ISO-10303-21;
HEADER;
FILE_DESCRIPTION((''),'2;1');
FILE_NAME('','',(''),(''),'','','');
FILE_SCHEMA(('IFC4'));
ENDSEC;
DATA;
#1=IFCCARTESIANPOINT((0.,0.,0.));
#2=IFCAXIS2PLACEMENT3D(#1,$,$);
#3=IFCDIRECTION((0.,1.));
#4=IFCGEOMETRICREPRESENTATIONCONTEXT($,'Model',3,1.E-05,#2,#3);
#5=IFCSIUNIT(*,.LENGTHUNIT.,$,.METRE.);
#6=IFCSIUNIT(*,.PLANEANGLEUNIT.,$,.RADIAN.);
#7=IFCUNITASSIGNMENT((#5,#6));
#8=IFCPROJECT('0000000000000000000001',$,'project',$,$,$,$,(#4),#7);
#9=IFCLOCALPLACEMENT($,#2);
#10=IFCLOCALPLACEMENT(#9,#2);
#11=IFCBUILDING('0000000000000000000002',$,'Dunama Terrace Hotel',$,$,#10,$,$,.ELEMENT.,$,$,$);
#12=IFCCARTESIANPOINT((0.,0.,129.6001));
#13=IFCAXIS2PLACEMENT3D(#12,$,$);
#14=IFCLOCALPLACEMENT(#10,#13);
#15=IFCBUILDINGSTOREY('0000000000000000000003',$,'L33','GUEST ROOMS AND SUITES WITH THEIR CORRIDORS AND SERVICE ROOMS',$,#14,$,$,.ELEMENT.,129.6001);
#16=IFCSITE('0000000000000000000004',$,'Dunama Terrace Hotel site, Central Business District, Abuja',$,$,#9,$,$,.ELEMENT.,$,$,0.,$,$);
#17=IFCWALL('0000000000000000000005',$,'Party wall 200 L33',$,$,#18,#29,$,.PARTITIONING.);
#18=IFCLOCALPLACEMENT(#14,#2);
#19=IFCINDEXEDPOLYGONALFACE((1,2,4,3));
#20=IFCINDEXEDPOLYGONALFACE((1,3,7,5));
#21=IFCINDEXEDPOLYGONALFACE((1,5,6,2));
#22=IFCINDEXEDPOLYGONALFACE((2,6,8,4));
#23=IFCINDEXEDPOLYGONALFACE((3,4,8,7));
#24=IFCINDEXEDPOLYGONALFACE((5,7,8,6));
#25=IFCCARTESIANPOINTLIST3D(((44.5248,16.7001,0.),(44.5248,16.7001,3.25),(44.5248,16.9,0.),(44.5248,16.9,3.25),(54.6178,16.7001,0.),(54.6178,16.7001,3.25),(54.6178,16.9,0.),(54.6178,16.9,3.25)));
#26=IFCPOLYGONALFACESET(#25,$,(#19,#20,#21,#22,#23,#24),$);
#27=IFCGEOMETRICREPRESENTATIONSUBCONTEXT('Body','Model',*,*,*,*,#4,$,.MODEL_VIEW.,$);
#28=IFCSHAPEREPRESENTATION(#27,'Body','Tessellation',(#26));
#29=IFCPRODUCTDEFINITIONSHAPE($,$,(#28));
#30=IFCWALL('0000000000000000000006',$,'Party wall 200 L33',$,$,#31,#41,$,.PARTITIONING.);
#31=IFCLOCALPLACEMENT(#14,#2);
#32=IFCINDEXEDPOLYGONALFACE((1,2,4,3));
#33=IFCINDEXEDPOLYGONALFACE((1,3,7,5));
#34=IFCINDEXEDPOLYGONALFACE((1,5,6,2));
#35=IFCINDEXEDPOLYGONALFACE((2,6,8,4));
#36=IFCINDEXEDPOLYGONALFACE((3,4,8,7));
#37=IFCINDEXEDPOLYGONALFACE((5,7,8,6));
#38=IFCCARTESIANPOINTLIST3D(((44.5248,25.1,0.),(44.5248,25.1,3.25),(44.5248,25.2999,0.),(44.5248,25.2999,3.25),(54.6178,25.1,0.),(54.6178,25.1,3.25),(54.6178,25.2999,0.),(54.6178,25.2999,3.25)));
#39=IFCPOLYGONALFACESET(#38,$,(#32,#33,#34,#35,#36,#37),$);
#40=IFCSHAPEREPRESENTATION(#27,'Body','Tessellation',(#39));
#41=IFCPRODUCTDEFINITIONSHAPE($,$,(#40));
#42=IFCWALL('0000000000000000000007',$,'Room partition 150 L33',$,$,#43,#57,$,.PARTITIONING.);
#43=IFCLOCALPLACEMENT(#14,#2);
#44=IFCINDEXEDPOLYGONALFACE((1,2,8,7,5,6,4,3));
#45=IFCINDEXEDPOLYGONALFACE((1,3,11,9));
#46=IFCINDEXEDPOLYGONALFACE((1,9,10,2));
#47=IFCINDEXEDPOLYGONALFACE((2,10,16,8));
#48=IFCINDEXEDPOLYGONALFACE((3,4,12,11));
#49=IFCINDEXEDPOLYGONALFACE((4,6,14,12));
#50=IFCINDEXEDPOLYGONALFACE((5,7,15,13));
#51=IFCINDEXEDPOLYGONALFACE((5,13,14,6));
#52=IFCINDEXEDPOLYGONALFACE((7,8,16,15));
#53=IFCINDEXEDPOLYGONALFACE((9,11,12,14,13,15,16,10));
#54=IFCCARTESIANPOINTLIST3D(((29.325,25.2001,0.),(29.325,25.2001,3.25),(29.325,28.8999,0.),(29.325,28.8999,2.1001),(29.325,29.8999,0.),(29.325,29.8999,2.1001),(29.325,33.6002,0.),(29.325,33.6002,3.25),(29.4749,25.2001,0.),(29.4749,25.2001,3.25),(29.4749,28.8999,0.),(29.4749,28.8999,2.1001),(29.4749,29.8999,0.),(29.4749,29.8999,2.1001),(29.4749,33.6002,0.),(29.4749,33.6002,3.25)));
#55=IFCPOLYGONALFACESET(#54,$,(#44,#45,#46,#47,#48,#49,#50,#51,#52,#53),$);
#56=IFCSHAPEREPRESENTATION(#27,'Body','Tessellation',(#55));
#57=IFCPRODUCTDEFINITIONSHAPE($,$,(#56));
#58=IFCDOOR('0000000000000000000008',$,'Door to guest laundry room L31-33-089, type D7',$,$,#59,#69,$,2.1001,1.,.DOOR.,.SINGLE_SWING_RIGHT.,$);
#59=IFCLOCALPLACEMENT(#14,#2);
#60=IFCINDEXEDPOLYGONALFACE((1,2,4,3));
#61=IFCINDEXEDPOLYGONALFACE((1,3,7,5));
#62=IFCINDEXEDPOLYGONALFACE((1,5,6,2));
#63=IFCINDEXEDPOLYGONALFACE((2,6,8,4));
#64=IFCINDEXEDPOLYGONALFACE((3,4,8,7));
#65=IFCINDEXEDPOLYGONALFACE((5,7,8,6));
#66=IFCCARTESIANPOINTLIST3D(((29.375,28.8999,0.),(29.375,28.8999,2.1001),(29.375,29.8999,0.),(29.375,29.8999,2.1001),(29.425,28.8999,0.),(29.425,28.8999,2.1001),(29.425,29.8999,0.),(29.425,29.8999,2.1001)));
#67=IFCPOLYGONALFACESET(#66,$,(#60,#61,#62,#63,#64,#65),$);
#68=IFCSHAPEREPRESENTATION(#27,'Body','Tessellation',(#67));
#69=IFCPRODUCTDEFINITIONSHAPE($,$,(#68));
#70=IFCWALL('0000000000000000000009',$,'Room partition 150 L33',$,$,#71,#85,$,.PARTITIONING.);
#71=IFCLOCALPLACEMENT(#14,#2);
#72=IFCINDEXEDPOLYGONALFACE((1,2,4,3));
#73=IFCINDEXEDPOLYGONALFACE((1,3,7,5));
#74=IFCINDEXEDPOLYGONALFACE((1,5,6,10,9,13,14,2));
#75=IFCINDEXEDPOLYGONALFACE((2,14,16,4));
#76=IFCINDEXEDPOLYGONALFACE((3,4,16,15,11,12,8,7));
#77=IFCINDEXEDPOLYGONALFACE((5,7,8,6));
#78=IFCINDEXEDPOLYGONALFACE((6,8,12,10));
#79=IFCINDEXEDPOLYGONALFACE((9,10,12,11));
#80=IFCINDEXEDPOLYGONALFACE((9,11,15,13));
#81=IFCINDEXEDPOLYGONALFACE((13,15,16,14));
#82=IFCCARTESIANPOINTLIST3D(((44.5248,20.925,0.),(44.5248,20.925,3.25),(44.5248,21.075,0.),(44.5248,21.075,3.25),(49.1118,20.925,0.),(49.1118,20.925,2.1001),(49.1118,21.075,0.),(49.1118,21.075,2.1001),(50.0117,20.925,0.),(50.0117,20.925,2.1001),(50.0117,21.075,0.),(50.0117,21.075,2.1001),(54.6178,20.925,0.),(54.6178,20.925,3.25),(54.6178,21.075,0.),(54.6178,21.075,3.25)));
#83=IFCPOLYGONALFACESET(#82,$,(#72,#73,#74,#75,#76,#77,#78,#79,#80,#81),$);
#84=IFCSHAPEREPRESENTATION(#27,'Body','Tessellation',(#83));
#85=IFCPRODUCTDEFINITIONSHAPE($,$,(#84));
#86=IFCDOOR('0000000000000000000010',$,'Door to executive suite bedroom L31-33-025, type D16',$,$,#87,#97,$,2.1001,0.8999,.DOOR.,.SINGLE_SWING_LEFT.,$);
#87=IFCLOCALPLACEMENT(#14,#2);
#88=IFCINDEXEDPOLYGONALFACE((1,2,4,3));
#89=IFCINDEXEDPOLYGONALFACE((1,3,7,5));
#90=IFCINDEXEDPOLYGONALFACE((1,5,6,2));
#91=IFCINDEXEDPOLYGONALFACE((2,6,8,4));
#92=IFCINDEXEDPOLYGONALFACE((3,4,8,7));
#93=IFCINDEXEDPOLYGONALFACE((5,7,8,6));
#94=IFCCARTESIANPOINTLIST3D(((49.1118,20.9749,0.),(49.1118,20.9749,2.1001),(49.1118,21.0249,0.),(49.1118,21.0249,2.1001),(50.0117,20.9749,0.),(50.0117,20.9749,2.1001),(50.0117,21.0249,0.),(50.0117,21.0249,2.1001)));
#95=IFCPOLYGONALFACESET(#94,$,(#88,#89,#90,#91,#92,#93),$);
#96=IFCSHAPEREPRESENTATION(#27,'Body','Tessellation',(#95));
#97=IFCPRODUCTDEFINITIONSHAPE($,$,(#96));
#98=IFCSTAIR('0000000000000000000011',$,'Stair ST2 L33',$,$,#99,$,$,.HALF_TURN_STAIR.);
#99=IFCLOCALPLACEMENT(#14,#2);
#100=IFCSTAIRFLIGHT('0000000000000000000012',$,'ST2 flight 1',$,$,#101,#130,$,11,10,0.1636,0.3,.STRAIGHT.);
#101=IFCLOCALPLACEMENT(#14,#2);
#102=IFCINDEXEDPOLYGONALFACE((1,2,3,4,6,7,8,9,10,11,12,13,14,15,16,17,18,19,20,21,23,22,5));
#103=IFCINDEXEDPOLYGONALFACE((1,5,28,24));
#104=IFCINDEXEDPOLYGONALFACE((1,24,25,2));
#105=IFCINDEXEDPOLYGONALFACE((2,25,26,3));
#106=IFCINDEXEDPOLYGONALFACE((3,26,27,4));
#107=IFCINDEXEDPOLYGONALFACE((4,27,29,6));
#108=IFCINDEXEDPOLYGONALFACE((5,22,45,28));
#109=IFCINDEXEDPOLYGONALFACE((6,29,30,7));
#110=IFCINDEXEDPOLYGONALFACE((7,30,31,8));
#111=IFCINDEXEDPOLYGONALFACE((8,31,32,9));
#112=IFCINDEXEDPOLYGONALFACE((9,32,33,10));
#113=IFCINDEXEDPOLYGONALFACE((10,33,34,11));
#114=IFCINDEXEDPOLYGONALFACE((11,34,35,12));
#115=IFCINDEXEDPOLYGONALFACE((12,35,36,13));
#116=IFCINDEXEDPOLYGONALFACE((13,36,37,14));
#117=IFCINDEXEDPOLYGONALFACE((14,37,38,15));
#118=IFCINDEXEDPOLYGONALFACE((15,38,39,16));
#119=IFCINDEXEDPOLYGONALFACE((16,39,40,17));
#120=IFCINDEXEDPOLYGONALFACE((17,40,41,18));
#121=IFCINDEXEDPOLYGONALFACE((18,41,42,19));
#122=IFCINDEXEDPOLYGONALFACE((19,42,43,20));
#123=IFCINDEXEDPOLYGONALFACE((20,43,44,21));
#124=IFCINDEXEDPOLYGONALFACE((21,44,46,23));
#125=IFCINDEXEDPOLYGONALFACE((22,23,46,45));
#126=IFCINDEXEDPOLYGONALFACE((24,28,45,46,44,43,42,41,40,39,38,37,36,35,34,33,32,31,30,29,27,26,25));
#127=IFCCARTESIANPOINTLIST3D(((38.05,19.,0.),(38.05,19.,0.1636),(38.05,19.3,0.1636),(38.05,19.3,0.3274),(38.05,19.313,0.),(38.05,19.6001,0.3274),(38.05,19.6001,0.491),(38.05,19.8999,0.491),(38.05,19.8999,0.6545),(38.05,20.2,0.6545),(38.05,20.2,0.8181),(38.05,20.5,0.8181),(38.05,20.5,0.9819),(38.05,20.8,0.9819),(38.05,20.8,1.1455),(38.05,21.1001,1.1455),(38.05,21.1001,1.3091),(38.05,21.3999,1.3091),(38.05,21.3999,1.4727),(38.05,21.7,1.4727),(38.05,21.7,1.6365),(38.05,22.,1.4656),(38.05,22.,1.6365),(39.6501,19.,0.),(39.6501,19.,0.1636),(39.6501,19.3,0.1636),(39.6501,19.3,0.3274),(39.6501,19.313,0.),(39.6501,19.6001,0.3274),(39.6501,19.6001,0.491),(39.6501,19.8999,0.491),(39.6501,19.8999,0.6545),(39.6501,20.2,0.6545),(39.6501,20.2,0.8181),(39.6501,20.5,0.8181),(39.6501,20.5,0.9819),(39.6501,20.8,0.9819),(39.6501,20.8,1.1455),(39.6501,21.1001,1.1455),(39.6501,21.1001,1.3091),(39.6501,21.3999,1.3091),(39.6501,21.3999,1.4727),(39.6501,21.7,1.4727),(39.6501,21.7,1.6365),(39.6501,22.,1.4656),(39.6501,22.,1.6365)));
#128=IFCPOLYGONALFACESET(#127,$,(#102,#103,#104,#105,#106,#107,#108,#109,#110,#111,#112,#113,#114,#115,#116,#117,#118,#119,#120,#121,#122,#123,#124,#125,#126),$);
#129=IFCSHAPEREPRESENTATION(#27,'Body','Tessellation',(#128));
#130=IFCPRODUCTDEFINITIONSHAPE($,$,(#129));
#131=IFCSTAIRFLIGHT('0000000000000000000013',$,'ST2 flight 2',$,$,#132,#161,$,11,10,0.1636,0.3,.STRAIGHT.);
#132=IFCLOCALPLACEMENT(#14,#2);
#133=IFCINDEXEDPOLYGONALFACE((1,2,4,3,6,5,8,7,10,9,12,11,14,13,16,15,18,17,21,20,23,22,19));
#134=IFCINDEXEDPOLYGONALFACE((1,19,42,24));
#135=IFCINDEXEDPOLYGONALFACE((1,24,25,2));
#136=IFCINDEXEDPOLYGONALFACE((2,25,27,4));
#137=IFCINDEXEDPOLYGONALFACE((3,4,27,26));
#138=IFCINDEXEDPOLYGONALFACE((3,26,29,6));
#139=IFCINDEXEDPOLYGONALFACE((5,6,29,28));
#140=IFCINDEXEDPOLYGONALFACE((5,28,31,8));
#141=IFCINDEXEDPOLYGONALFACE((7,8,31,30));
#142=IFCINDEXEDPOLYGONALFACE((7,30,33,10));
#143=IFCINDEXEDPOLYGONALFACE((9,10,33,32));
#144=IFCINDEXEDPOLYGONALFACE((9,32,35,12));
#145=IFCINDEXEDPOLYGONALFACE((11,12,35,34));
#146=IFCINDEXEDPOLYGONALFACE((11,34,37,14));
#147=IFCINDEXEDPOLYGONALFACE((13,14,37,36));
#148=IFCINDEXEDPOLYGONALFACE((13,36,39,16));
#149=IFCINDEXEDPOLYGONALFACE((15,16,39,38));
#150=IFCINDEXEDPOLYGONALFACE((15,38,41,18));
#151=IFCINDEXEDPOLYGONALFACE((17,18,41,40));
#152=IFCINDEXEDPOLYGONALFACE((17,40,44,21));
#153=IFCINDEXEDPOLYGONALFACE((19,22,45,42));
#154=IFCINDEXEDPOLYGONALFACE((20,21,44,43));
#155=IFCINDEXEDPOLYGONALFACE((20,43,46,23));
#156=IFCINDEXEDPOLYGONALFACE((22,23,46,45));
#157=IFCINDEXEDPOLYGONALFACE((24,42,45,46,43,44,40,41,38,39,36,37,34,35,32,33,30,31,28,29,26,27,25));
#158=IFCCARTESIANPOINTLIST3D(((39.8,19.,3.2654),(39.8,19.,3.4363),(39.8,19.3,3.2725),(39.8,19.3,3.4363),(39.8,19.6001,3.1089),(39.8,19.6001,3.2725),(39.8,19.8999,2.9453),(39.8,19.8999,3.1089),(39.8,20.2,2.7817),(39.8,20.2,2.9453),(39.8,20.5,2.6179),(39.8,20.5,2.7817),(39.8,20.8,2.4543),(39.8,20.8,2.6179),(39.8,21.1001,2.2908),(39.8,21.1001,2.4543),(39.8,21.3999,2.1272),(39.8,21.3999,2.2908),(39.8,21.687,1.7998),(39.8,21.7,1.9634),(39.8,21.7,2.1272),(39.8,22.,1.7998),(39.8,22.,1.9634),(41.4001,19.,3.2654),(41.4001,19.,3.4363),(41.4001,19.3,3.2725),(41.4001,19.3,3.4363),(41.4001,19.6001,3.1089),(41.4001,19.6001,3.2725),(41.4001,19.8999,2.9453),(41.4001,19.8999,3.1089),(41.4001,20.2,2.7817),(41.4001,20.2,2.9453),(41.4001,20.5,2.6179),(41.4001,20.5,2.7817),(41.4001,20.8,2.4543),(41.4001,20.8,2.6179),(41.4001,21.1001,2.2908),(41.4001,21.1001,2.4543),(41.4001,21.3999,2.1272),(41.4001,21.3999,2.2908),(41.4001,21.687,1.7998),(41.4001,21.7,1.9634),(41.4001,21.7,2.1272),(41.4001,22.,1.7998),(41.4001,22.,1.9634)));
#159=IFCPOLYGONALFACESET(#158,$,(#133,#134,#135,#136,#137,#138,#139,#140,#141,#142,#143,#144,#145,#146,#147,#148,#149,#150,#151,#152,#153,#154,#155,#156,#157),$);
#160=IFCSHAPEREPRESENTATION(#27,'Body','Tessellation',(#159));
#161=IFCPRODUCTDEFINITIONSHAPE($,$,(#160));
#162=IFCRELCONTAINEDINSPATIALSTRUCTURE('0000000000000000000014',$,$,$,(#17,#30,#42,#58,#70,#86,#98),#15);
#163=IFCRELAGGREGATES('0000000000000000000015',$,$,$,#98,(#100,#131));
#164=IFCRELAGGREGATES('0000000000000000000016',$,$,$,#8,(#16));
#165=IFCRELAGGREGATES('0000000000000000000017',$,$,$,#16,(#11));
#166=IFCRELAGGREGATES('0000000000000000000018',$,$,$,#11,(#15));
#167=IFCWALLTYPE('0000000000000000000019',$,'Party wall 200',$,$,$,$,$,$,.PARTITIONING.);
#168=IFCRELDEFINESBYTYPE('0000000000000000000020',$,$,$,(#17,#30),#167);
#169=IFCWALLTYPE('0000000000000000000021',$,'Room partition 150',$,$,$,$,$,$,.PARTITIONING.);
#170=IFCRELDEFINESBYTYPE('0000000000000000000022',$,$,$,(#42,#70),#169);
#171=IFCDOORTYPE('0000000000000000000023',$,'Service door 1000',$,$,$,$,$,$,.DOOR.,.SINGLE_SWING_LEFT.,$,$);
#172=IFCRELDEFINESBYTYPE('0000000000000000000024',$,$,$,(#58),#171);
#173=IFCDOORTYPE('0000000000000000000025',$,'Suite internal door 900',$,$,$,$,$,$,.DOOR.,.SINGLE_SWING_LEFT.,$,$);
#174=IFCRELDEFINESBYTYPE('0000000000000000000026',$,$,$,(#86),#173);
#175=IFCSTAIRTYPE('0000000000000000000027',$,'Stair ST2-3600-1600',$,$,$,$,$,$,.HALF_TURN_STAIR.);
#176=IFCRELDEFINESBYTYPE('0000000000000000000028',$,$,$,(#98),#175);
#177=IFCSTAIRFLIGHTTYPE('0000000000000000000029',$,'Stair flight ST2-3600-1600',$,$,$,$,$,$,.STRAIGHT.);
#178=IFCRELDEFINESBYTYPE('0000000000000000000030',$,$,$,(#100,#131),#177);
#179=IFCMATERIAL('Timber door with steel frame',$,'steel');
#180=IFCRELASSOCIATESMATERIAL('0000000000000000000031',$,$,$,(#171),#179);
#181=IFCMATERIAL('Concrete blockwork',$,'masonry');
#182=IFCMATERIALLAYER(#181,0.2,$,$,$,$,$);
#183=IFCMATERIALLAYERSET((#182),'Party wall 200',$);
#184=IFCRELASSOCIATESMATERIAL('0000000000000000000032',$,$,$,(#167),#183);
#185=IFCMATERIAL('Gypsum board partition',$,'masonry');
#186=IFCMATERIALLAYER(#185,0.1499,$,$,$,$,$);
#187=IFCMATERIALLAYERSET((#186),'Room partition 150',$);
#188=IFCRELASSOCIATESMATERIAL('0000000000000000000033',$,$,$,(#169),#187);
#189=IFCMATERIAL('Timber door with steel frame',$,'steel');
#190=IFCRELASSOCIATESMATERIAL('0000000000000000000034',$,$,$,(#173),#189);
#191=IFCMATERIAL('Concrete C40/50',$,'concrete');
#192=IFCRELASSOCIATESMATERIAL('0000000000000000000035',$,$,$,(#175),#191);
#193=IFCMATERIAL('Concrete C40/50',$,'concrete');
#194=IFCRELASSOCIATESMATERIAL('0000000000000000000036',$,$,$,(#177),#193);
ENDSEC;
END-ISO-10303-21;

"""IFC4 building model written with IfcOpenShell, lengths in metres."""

from ifc_helpers import new_model, si_unit, direction, frame, frame_2d, origin, place, context, subcontext, project, spatial, polyline, rectangle, outline, extrude, material, layer, layer_set, type_object, element, fill, aggregate, save


model = new_model("IFC4")

# Units and contexts
model_context = context("Model", 3, precision=1e-05, world=origin(), true_north=direction((0.0, 1.0)))
body_context = subcontext(model_context, "Body", "Model", "MODEL_VIEW")
ifc_project = project(units=[si_unit("LENGTHUNIT", "METRE"), si_unit("PLANEANGLEUNIT", "RADIAN")], contexts=[model_context])

# Site, building, storey
site_placement = place(None, origin())
site = spatial("IfcSite", under=ifc_project, at=site_placement, Name="Dunama Terrace Hotel site, Central Business District, Abuja", CompositionType="ELEMENT", RefElevation=0.0)
building_placement = place(site_placement, origin())
building = spatial("IfcBuilding", under=site, at=building_placement, Name="Dunama Terrace Hotel", CompositionType="ELEMENT")
storey_placement = place(building_placement, frame((0.0, 0.0, 129.6001)))
storey = spatial("IfcBuildingStorey", under=building, at=storey_placement, Name="L33", Description="GUEST ROOMS AND SUITES WITH THEIR CORRIDORS AND SERVICE ROOMS", CompositionType="ELEMENT", Elevation=129.6001)

# Shared definitions
ifc_material_1 = material(Name="Timber door with steel frame", Category="steel")
door_type_1 = type_object("IfcDoorType", Name="Service door 1000", OperationType="SINGLE_SWING_LEFT", PredefinedType="DOOR", material=ifc_material_1)

# Walls
ifc_material_2 = material(Name="Concrete blockwork", Category="masonry")
ifc_layer_1 = layer(ifc_material_2, 0.2)
ifc_layer_set_1 = layer_set([ifc_layer_1], Name="Party wall 200")
wall_type_1 = type_object("IfcWallType", Name="Party wall 200", PredefinedType="PARTITIONING", material=ifc_layer_set_1)
for number, where, z_axis, x_axis, name in (
    (1, (44.5249, 16.8, 0.0), (0.0, 0.0, 1.0), (1.0, 0.0, 0.0), "Party wall 200 L33"),
    (2, (44.5249, 25.2, 0.0), (0.0, 0.0, 1.0), (1.0, 0.0, 0.0), "Party wall 200 L33"),
):
    element("IfcWall", number, at=place(storey_placement, frame(where, z_axis=z_axis, x_axis=x_axis)), inside=storey, type_object=wall_type_1, Name=name, PredefinedType="PARTITIONING", context=body_context, shape_type="SweptSolid", body=[
        extrude(rectangle(XDim=10.093, YDim=0.2, at=frame_2d((5.0464, 0.0))), origin(), (0.0, 0.0, 1.0), 3.25),
    ])

# Walls, openings, doors
ifc_material_3 = material(Name="Gypsum board partition", Category="masonry")
ifc_layer_2 = layer(ifc_material_3, 0.1499)
ifc_layer_set_2 = layer_set([ifc_layer_2], Name="Room partition 150")
wall_type_2 = type_object("IfcWallType", Name="Room partition 150", PredefinedType="PARTITIONING", material=ifc_layer_set_2)
wall_1_placement = place(storey_placement, frame((29.3999, 25.2, 0.0), z_axis=(0.0, 0.0, 1.0), x_axis=(0.0, 1.0, 0.0)))
wall_1 = element("IfcWall", 3, at=wall_1_placement, inside=storey, type_object=wall_type_2, Name="Room partition 150 L33", PredefinedType="PARTITIONING", context=body_context, shape_type="SweptSolid", body=[
    extrude(rectangle(XDim=8.4001, YDim=0.1499, at=frame_2d((4.2002, 0.0))), origin(), (0.0, 0.0, 1.0), 3.25),
])
opening_1_placement = place(wall_1_placement, frame((3.7, 0.0, 0.0)))
opening_1 = element("IfcOpeningElement", 4, at=opening_1_placement, cuts=wall_1, PredefinedType="OPENING", context=body_context, shape_type="SweptSolid", body=[
    extrude(rectangle(XDim=1.0, YDim=2.1001, at=frame_2d((0.5, 1.05))), frame((0.0, 0.085, 0.0), z_axis=(0.0, -1.0, 0.0), x_axis=(1.0, 0.0, 0.0)), (0.0, 0.0, 1.0), 0.1699),
])
door_1_placement = place(opening_1_placement, frame((1.0, 0.0, 0.0), z_axis=(0.0, 0.0, 1.0), x_axis=(-1.0, 0.0, 0.0)))
door_1 = element("IfcDoor", 5, at=door_1_placement, inside=storey, type_object=door_type_1, Name="Door to guest laundry room L31-33-089, type D7", OperationType="SINGLE_SWING_RIGHT", OverallHeight=2.1001, OverallWidth=1.0, PredefinedType="DOOR", context=body_context, shape_type="SweptSolid", body=[
    extrude(rectangle(XDim=1.0, YDim=2.1001, at=frame_2d((0.5, 1.05))), frame((0.0, 0.0251, 0.0), z_axis=(0.0, -1.0, 0.0), x_axis=(1.0, 0.0, 0.0)), (0.0, 0.0, 1.0), 0.05),
])
fill(opening_1, door_1)
wall_2_placement = place(storey_placement, frame((44.5249, 21.0, 0.0), z_axis=(0.0, 0.0, 1.0), x_axis=(1.0, 0.0, 0.0)))
wall_2 = element("IfcWall", 6, at=wall_2_placement, inside=storey, type_object=wall_type_2, Name="Room partition 150 L33", PredefinedType="PARTITIONING", context=body_context, shape_type="SweptSolid", body=[
    extrude(rectangle(XDim=10.093, YDim=0.1499, at=frame_2d((5.0464, 0.0))), origin(), (0.0, 0.0, 1.0), 3.25),
])
opening_2_placement = place(wall_2_placement, frame((4.5869, 0.0, 0.0)))
opening_2 = element("IfcOpeningElement", 7, at=opening_2_placement, cuts=wall_2, PredefinedType="OPENING", context=body_context, shape_type="SweptSolid", body=[
    extrude(rectangle(XDim=0.8999, YDim=2.1001, at=frame_2d((0.45, 1.05))), frame((0.0, 0.085, 0.0), z_axis=(0.0, -1.0, 0.0), x_axis=(1.0, 0.0, 0.0)), (0.0, 0.0, 1.0), 0.1699),
])
ifc_material_4 = material(Name="Timber door with steel frame", Category="steel")
door_type_2 = type_object("IfcDoorType", Name="Suite internal door 900", OperationType="SINGLE_SWING_LEFT", PredefinedType="DOOR", material=ifc_material_4)
door_2_placement = place(opening_2_placement, origin())
door_2 = element("IfcDoor", 8, at=door_2_placement, inside=storey, type_object=door_type_2, Name="Door to executive suite bedroom L31-33-025, type D16", OperationType="SINGLE_SWING_LEFT", OverallHeight=2.1001, OverallWidth=0.8999, PredefinedType="DOOR", context=body_context, shape_type="SweptSolid", body=[
    extrude(rectangle(XDim=0.8999, YDim=2.1001, at=frame_2d((0.45, 1.05))), frame((0.0, 0.0249, 0.0), z_axis=(0.0, -1.0, 0.0), x_axis=(1.0, 0.0, 0.0)), (0.0, 0.0, 1.0), 0.05),
])
fill(opening_2, door_2)

# Stair, stair flights
ifc_material_5 = material(Name="Concrete C40/50", Category="concrete")
stair_type = type_object("IfcStairType", Name="Stair ST2-3600-1600", PredefinedType="HALF_TURN_STAIR", material=ifc_material_5)
stair_placement = place(storey_placement, origin())
stair = element("IfcStair", 9, at=stair_placement, inside=storey, type_object=stair_type, Name="Stair ST2 L33", PredefinedType="HALF_TURN_STAIR")
ifc_material_6 = material(Name="Concrete C40/50", Category="concrete")
stair_flight_type = type_object("IfcStairFlightType", Name="Stair flight ST2-3600-1600", PredefinedType="STRAIGHT", material=ifc_material_6)
stair_flight_1_placement = place(storey_placement, frame((38.8501, 19.0, 0.0), z_axis=(0.0, 0.0, 1.0), x_axis=(0.0, 1.0, 0.0)))
stair_flight_1 = element("IfcStairFlight", 10, at=stair_flight_1_placement, type_object=stair_flight_type, Name="ST2 flight 1", NumberOfRisers=11, NumberOfTreads=10, PredefinedType="STRAIGHT", RiserHeight=0.1636, TreadLength=0.3, context=body_context, shape_type="SweptSolid", body=[
    extrude(outline(polyline([(0.0, 0.0), (0.0, 0.1636), (0.3, 0.1636), (0.3, 0.3274), (0.6001, 0.3274), (0.6001, 0.491), (0.8999, 0.491), (0.8999, 0.6545), (1.2, 0.6545), (1.2, 0.8181), (1.5, 0.8181), (1.5, 0.9819), (1.8, 0.9819), (1.8, 1.1455), (2.1001, 1.1455), (2.1001, 1.3091), (2.3999, 1.3091), (2.3999, 1.4727), (2.7, 1.4727), (2.7, 1.6365), (3.0, 1.6365), (3.0, 1.8), (3.0, 1.4656), (0.313, 0.0), (0.0, 0.0)])), frame((0.0, 0.8, 0.0), z_axis=(0.0, -1.0, 0.0), x_axis=(1.0, 0.0, 0.0)), (0.0, 0.0, 1.0), 1.6001),
])
stair_flight_2_placement = place(storey_placement, frame((40.6001, 22.0, 1.7998), z_axis=(0.0, 0.0, 1.0), x_axis=(0.0, -1.0, 0.0)))
stair_flight_2 = element("IfcStairFlight", 11, at=stair_flight_2_placement, type_object=stair_flight_type, Name="ST2 flight 2", NumberOfRisers=11, NumberOfTreads=10, PredefinedType="STRAIGHT", RiserHeight=0.1636, TreadLength=0.3, context=body_context, shape_type="SweptSolid", body=[
    extrude(outline(polyline([(0.0, 0.0), (0.0, 0.1636), (0.3, 0.1636), (0.3, 0.3274), (0.6001, 0.3274), (0.6001, 0.491), (0.8999, 0.491), (0.8999, 0.6545), (1.2, 0.6545), (1.2, 0.8181), (1.5, 0.8181), (1.5, 0.9819), (1.8, 0.9819), (1.8, 1.1455), (2.1001, 1.1455), (2.1001, 1.3091), (2.3999, 1.3091), (2.3999, 1.4727), (2.7, 1.4727), (2.7, 1.6365), (3.0, 1.6365), (3.0, 1.8), (3.0, 1.4656), (0.313, 0.0), (0.0, 0.0)])), frame((0.0, 0.8, 0.0), z_axis=(0.0, -1.0, 0.0), x_axis=(1.0, 0.0, 0.0)), (0.0, 0.0, 1.0), 1.6001),
])
aggregate(stair, [stair_flight_1, stair_flight_2])

save(model, "model.ifc")
